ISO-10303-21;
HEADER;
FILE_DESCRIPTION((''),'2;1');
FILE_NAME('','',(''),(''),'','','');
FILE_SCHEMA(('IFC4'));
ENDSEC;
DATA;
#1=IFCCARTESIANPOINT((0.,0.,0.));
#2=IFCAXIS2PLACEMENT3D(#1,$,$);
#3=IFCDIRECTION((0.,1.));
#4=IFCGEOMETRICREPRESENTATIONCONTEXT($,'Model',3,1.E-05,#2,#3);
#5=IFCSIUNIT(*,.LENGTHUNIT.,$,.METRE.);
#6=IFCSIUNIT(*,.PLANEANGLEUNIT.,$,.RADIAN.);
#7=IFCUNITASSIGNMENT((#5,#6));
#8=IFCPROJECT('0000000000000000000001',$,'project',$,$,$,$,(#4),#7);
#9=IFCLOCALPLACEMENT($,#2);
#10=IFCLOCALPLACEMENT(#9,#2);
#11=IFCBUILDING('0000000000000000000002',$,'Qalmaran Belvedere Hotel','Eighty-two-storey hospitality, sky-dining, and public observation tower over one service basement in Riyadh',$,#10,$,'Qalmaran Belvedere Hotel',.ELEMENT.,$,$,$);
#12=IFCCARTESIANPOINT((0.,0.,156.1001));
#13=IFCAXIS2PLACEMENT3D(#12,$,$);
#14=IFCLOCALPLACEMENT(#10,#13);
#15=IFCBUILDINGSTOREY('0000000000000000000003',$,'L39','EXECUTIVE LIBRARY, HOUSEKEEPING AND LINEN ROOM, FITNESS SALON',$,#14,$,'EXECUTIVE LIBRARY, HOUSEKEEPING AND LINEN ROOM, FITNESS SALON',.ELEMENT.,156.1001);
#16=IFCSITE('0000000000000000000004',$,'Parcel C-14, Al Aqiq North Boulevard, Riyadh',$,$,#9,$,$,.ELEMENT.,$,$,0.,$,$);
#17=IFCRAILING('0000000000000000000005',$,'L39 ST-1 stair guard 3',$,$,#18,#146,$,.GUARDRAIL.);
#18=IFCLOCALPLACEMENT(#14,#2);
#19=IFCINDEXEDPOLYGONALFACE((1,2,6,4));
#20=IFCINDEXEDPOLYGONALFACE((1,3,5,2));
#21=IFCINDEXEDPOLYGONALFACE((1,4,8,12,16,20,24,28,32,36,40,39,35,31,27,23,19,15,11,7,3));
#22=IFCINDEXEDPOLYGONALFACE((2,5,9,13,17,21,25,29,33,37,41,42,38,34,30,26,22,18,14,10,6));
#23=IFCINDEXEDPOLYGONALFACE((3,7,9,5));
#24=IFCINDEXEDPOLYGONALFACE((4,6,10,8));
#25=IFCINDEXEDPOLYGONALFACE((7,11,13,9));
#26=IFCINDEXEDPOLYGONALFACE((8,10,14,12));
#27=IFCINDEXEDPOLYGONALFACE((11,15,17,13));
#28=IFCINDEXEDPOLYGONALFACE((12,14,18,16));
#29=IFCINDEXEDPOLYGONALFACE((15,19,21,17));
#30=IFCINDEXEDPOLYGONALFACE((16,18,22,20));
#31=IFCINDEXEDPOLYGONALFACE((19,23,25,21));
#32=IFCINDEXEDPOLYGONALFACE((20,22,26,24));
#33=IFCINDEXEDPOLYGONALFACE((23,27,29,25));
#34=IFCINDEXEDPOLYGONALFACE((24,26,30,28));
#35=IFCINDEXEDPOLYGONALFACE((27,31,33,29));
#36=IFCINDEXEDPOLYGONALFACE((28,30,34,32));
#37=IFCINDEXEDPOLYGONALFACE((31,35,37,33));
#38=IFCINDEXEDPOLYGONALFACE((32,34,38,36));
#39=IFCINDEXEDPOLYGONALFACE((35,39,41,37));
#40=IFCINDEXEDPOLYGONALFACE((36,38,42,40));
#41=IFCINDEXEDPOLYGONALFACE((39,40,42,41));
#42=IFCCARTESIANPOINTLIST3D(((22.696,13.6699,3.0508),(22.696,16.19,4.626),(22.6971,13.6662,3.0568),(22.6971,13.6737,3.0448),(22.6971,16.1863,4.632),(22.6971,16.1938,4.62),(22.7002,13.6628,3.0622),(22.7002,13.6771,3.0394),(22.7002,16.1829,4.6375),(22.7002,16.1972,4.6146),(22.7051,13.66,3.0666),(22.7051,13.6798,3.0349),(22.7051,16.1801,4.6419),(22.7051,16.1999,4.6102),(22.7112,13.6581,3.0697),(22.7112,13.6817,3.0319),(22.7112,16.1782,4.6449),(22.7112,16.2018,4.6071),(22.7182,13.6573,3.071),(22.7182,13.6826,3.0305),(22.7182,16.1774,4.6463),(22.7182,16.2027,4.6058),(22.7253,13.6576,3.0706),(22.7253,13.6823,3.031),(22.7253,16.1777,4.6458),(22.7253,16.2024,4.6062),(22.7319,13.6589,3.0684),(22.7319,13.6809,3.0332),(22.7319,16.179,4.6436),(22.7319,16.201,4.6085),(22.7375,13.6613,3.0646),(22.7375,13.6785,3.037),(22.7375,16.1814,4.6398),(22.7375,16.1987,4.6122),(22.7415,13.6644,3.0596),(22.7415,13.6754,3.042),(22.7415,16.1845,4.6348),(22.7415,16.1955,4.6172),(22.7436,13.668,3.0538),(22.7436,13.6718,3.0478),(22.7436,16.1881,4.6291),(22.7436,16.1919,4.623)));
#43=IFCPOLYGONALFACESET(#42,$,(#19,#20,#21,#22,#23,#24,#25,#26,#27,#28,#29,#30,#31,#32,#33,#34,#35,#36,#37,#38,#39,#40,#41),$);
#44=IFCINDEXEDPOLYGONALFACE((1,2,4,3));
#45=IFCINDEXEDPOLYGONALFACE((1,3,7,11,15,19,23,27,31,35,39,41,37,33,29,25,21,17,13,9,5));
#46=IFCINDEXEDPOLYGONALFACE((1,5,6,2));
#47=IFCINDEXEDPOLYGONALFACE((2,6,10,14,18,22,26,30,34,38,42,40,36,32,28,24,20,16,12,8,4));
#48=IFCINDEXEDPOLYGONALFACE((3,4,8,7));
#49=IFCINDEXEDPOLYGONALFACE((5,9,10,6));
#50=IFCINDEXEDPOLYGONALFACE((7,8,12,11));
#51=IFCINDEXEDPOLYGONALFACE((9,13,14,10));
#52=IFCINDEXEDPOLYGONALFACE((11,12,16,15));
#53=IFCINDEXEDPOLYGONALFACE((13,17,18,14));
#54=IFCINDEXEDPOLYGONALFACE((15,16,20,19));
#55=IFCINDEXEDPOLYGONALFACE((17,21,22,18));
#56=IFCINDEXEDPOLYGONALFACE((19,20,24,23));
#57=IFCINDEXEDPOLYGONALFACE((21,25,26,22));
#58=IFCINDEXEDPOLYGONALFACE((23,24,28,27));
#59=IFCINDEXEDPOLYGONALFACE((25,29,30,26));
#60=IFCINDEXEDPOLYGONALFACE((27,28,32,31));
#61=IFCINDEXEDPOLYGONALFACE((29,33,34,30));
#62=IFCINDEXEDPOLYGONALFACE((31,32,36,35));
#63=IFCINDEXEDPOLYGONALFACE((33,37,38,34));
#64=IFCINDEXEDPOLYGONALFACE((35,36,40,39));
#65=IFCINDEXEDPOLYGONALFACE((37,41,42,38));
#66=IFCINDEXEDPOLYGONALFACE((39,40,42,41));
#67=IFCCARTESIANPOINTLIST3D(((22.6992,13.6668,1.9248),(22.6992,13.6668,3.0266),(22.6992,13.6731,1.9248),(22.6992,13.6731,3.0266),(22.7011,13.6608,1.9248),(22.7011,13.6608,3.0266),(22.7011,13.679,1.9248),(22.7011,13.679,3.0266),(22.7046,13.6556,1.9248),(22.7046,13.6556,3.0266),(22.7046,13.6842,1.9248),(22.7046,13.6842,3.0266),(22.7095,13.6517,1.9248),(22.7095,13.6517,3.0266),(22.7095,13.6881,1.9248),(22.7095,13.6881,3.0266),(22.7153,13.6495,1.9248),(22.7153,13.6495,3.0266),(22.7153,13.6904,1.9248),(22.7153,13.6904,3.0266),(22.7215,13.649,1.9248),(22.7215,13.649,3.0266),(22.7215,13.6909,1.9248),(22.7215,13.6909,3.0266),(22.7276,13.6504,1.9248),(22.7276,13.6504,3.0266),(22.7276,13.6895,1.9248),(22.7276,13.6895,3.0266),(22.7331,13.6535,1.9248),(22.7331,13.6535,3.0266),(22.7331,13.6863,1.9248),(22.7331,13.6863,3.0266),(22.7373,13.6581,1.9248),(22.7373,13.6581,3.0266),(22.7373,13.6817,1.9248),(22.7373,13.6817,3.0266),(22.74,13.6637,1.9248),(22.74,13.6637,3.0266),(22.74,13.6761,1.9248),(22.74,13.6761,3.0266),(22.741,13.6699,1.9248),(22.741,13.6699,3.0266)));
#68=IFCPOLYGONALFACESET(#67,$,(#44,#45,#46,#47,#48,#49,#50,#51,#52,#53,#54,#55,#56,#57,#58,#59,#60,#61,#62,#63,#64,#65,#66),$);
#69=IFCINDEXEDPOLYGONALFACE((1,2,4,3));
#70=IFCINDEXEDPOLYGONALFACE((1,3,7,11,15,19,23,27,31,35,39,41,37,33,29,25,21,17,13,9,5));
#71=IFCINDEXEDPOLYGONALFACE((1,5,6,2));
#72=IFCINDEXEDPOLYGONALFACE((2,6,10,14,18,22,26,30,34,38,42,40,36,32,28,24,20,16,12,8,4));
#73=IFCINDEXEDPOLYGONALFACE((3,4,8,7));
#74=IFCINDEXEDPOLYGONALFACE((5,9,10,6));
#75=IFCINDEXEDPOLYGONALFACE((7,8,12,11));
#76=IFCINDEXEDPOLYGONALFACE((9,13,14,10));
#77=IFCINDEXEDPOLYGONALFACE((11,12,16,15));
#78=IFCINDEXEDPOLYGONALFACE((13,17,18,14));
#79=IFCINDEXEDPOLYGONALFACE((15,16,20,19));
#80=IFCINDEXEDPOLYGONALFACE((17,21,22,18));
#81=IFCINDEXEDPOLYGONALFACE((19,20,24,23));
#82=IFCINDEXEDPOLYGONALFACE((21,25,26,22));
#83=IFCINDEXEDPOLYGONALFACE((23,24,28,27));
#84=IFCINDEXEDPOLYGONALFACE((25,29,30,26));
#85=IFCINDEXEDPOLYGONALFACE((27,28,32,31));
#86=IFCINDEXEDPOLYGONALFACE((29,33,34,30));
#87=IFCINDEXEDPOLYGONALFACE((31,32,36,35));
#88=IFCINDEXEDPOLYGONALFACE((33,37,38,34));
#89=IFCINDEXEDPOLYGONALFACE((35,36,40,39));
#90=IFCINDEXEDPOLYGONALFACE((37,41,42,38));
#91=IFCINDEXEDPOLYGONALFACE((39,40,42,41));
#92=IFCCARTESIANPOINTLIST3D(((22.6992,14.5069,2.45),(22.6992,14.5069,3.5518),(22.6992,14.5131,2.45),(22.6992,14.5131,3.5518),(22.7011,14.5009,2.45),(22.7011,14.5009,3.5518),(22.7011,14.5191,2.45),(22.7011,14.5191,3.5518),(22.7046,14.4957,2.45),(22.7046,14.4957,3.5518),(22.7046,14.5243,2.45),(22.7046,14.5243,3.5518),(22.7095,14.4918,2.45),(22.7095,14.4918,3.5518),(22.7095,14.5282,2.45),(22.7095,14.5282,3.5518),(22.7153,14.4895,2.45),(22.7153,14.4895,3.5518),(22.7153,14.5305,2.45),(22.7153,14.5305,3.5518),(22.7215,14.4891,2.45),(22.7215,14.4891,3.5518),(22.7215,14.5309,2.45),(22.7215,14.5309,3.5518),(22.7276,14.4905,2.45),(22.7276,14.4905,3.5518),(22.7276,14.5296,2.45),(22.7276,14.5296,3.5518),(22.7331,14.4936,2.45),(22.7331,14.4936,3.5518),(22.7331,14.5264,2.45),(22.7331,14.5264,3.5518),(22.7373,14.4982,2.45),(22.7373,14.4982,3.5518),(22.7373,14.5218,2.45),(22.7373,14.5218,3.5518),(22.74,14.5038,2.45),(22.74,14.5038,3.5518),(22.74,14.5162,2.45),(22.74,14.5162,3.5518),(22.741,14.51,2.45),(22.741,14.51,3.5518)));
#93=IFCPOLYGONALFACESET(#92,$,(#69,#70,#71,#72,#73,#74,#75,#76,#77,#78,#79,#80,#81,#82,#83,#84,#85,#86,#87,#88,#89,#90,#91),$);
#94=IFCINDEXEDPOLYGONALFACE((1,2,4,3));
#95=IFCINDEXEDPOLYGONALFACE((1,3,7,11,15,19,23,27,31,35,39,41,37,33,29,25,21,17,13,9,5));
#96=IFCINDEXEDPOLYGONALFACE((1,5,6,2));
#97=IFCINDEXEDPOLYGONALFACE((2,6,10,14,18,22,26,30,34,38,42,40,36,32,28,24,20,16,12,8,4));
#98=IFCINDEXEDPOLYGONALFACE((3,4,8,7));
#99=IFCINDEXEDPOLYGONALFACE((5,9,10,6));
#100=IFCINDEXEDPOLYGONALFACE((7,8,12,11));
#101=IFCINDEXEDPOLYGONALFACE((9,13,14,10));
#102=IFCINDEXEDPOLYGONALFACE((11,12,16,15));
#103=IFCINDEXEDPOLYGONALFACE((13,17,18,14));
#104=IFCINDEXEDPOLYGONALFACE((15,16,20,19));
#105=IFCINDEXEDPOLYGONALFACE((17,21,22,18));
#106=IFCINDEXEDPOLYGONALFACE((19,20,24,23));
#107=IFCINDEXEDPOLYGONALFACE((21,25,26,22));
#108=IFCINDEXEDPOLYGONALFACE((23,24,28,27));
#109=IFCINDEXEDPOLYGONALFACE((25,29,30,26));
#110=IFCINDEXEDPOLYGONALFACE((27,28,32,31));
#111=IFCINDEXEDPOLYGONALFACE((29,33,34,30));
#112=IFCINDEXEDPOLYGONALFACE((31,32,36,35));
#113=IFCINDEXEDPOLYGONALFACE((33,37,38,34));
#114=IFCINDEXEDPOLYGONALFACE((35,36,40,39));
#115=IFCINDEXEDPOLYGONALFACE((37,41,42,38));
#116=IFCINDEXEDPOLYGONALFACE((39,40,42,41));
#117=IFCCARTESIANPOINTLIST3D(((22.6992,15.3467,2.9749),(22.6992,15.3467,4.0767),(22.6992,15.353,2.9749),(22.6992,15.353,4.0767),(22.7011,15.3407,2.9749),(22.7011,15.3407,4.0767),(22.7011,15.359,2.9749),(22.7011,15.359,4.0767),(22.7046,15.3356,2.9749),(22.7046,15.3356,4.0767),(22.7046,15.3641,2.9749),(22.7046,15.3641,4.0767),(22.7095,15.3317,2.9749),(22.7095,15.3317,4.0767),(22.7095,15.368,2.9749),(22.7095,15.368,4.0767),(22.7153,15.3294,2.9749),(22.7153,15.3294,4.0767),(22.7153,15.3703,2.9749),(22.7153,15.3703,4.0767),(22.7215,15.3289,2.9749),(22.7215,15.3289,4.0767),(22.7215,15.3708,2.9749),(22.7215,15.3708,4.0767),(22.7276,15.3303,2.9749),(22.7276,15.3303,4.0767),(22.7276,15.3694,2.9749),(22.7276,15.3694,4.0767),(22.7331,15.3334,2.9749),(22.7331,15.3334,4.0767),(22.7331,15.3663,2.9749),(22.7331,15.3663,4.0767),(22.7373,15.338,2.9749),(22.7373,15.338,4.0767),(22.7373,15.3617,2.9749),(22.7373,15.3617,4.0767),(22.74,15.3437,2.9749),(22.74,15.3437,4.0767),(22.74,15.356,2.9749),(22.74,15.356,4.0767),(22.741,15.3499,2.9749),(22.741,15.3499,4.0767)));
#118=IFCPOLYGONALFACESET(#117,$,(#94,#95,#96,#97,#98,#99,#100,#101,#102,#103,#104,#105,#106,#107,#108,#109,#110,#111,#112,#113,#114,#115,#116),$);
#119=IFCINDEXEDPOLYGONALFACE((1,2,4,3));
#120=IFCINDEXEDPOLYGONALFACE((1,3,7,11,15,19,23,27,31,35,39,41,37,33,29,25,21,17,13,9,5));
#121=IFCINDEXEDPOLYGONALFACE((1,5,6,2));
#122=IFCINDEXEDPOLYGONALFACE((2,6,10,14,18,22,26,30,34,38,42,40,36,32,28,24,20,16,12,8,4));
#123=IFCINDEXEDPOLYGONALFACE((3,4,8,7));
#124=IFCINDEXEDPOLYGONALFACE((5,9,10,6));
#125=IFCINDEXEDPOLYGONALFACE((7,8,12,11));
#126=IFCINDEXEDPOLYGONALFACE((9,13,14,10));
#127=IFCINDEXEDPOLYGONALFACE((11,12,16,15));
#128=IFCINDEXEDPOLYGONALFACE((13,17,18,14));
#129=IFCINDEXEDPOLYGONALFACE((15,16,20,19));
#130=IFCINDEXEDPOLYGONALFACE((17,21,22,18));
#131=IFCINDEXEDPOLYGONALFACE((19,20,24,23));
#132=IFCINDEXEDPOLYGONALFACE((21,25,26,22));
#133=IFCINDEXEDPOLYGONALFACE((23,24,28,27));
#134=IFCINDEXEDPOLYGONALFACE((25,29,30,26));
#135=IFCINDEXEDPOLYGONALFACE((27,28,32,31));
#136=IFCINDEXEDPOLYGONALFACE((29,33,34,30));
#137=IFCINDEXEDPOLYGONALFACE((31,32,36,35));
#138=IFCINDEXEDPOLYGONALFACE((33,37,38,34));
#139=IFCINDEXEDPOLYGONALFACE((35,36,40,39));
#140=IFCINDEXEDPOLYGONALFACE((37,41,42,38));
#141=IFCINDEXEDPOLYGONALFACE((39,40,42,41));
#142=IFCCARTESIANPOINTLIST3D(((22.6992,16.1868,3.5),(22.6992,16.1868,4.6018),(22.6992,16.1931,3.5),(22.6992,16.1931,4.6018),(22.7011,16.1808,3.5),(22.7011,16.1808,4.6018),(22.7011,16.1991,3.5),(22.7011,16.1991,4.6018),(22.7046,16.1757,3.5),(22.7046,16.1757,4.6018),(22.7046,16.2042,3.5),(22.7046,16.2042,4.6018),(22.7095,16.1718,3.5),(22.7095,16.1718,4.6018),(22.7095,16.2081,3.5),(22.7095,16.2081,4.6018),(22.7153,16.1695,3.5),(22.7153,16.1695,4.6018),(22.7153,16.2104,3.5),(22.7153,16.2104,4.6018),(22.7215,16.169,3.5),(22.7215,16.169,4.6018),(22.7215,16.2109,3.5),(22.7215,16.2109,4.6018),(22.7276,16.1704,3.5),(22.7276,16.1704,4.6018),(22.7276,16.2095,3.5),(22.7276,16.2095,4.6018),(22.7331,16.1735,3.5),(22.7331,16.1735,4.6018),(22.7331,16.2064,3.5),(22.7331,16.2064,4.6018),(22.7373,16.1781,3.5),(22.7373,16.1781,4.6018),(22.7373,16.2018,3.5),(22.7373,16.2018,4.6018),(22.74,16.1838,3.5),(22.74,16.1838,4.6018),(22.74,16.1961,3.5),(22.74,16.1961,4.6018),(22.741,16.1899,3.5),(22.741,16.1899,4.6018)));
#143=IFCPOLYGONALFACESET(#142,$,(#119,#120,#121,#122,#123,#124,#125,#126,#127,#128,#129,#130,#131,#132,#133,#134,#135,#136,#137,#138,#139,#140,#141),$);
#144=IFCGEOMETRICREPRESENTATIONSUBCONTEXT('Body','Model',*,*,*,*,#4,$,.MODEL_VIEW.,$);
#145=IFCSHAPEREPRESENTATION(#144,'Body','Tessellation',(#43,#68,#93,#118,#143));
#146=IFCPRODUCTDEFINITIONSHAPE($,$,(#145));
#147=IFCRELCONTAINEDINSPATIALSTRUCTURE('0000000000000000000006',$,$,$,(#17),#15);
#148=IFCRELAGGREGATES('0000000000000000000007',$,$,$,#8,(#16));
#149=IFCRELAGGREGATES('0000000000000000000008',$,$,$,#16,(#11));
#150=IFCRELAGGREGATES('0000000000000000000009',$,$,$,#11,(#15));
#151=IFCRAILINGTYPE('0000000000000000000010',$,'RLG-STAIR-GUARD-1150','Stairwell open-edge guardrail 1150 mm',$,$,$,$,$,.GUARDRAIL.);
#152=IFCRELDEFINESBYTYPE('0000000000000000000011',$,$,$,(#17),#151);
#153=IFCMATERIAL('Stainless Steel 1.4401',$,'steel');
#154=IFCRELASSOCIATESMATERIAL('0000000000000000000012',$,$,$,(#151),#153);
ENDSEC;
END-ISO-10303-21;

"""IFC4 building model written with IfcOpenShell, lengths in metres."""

from ifc_helpers import new_model, si_unit, direction, frame, origin, origin_2d, place, context, subcontext, project, spatial, circle, extrude, material, type_object, element, save


model = new_model("IFC4")

# Units and contexts
model_context = context("Model", 3, precision=1e-05, world=origin(), true_north=direction((0.0, 1.0)))
body_context = subcontext(model_context, "Body", "Model", "MODEL_VIEW")
ifc_project = project(units=[si_unit("LENGTHUNIT", "METRE"), si_unit("PLANEANGLEUNIT", "RADIAN")], contexts=[model_context])

# Site, building, storey
site_placement = place(None, origin())
site = spatial("IfcSite", under=ifc_project, at=site_placement, Name="Parcel C-14, Al Aqiq North Boulevard, Riyadh", CompositionType="ELEMENT", RefElevation=0.0)
building_placement = place(site_placement, origin())
building = spatial("IfcBuilding", under=site, at=building_placement, Name="Qalmaran Belvedere Hotel", Description="Eighty-two-storey hospitality, sky-dining, and public observation tower over one service basement in Riyadh", LongName="Qalmaran Belvedere Hotel", CompositionType="ELEMENT")
storey_placement = place(building_placement, frame((0.0, 0.0, 156.1001)))
storey = spatial("IfcBuildingStorey", under=building, at=storey_placement, Name="L39", Description="EXECUTIVE LIBRARY, HOUSEKEEPING AND LINEN ROOM, FITNESS SALON", LongName="EXECUTIVE LIBRARY, HOUSEKEEPING AND LINEN ROOM, FITNESS SALON", CompositionType="ELEMENT", Elevation=156.1001)

# Shared definitions
ifc_material_1 = material(Name="Stainless Steel 1.4401", Category="steel")

# Railing
railing_type_1 = type_object("IfcRailingType", Name="RLG-STAIR-GUARD-1150", Description="Stairwell open-edge guardrail 1150 mm", PredefinedType="GUARDRAIL", material=ifc_material_1)
railing_1_placement = place(storey_placement, frame((22.72, 13.6699, 1.9248)))
element("IfcRailing", 1, at=railing_1_placement, inside=storey, type_object=railing_type_1, Name="L39 ST-1 stair guard 3", PredefinedType="GUARDRAIL", context=body_context, shape_type="SweptSolid", body=[
    extrude(circle(Radius=0.0239, at=origin_2d()), frame((0.0, 0.0, 1.126), z_axis=(0.0, 0.847971, 0.530043), x_axis=(-1.0, 0.0, 0.0)), (0.0, 0.0, 1.0), 2.9719),
    extrude(circle(Radius=0.021, at=origin_2d()), origin(), (0.0, 0.0, 1.0), 1.1018),
    extrude(circle(Radius=0.021, at=origin_2d()), frame((0.0, 0.8401, 0.5251)), (0.0, 0.0, 1.0), 1.1018),
    extrude(circle(Radius=0.021, at=origin_2d()), frame((0.0, 1.6799, 1.05)), (0.0, 0.0, 1.0), 1.1018),
    extrude(circle(Radius=0.021, at=origin_2d()), frame((0.0, 2.52, 1.5752)), (0.0, 0.0, 1.0), 1.1018),
])

save(model, "model.ifc")
